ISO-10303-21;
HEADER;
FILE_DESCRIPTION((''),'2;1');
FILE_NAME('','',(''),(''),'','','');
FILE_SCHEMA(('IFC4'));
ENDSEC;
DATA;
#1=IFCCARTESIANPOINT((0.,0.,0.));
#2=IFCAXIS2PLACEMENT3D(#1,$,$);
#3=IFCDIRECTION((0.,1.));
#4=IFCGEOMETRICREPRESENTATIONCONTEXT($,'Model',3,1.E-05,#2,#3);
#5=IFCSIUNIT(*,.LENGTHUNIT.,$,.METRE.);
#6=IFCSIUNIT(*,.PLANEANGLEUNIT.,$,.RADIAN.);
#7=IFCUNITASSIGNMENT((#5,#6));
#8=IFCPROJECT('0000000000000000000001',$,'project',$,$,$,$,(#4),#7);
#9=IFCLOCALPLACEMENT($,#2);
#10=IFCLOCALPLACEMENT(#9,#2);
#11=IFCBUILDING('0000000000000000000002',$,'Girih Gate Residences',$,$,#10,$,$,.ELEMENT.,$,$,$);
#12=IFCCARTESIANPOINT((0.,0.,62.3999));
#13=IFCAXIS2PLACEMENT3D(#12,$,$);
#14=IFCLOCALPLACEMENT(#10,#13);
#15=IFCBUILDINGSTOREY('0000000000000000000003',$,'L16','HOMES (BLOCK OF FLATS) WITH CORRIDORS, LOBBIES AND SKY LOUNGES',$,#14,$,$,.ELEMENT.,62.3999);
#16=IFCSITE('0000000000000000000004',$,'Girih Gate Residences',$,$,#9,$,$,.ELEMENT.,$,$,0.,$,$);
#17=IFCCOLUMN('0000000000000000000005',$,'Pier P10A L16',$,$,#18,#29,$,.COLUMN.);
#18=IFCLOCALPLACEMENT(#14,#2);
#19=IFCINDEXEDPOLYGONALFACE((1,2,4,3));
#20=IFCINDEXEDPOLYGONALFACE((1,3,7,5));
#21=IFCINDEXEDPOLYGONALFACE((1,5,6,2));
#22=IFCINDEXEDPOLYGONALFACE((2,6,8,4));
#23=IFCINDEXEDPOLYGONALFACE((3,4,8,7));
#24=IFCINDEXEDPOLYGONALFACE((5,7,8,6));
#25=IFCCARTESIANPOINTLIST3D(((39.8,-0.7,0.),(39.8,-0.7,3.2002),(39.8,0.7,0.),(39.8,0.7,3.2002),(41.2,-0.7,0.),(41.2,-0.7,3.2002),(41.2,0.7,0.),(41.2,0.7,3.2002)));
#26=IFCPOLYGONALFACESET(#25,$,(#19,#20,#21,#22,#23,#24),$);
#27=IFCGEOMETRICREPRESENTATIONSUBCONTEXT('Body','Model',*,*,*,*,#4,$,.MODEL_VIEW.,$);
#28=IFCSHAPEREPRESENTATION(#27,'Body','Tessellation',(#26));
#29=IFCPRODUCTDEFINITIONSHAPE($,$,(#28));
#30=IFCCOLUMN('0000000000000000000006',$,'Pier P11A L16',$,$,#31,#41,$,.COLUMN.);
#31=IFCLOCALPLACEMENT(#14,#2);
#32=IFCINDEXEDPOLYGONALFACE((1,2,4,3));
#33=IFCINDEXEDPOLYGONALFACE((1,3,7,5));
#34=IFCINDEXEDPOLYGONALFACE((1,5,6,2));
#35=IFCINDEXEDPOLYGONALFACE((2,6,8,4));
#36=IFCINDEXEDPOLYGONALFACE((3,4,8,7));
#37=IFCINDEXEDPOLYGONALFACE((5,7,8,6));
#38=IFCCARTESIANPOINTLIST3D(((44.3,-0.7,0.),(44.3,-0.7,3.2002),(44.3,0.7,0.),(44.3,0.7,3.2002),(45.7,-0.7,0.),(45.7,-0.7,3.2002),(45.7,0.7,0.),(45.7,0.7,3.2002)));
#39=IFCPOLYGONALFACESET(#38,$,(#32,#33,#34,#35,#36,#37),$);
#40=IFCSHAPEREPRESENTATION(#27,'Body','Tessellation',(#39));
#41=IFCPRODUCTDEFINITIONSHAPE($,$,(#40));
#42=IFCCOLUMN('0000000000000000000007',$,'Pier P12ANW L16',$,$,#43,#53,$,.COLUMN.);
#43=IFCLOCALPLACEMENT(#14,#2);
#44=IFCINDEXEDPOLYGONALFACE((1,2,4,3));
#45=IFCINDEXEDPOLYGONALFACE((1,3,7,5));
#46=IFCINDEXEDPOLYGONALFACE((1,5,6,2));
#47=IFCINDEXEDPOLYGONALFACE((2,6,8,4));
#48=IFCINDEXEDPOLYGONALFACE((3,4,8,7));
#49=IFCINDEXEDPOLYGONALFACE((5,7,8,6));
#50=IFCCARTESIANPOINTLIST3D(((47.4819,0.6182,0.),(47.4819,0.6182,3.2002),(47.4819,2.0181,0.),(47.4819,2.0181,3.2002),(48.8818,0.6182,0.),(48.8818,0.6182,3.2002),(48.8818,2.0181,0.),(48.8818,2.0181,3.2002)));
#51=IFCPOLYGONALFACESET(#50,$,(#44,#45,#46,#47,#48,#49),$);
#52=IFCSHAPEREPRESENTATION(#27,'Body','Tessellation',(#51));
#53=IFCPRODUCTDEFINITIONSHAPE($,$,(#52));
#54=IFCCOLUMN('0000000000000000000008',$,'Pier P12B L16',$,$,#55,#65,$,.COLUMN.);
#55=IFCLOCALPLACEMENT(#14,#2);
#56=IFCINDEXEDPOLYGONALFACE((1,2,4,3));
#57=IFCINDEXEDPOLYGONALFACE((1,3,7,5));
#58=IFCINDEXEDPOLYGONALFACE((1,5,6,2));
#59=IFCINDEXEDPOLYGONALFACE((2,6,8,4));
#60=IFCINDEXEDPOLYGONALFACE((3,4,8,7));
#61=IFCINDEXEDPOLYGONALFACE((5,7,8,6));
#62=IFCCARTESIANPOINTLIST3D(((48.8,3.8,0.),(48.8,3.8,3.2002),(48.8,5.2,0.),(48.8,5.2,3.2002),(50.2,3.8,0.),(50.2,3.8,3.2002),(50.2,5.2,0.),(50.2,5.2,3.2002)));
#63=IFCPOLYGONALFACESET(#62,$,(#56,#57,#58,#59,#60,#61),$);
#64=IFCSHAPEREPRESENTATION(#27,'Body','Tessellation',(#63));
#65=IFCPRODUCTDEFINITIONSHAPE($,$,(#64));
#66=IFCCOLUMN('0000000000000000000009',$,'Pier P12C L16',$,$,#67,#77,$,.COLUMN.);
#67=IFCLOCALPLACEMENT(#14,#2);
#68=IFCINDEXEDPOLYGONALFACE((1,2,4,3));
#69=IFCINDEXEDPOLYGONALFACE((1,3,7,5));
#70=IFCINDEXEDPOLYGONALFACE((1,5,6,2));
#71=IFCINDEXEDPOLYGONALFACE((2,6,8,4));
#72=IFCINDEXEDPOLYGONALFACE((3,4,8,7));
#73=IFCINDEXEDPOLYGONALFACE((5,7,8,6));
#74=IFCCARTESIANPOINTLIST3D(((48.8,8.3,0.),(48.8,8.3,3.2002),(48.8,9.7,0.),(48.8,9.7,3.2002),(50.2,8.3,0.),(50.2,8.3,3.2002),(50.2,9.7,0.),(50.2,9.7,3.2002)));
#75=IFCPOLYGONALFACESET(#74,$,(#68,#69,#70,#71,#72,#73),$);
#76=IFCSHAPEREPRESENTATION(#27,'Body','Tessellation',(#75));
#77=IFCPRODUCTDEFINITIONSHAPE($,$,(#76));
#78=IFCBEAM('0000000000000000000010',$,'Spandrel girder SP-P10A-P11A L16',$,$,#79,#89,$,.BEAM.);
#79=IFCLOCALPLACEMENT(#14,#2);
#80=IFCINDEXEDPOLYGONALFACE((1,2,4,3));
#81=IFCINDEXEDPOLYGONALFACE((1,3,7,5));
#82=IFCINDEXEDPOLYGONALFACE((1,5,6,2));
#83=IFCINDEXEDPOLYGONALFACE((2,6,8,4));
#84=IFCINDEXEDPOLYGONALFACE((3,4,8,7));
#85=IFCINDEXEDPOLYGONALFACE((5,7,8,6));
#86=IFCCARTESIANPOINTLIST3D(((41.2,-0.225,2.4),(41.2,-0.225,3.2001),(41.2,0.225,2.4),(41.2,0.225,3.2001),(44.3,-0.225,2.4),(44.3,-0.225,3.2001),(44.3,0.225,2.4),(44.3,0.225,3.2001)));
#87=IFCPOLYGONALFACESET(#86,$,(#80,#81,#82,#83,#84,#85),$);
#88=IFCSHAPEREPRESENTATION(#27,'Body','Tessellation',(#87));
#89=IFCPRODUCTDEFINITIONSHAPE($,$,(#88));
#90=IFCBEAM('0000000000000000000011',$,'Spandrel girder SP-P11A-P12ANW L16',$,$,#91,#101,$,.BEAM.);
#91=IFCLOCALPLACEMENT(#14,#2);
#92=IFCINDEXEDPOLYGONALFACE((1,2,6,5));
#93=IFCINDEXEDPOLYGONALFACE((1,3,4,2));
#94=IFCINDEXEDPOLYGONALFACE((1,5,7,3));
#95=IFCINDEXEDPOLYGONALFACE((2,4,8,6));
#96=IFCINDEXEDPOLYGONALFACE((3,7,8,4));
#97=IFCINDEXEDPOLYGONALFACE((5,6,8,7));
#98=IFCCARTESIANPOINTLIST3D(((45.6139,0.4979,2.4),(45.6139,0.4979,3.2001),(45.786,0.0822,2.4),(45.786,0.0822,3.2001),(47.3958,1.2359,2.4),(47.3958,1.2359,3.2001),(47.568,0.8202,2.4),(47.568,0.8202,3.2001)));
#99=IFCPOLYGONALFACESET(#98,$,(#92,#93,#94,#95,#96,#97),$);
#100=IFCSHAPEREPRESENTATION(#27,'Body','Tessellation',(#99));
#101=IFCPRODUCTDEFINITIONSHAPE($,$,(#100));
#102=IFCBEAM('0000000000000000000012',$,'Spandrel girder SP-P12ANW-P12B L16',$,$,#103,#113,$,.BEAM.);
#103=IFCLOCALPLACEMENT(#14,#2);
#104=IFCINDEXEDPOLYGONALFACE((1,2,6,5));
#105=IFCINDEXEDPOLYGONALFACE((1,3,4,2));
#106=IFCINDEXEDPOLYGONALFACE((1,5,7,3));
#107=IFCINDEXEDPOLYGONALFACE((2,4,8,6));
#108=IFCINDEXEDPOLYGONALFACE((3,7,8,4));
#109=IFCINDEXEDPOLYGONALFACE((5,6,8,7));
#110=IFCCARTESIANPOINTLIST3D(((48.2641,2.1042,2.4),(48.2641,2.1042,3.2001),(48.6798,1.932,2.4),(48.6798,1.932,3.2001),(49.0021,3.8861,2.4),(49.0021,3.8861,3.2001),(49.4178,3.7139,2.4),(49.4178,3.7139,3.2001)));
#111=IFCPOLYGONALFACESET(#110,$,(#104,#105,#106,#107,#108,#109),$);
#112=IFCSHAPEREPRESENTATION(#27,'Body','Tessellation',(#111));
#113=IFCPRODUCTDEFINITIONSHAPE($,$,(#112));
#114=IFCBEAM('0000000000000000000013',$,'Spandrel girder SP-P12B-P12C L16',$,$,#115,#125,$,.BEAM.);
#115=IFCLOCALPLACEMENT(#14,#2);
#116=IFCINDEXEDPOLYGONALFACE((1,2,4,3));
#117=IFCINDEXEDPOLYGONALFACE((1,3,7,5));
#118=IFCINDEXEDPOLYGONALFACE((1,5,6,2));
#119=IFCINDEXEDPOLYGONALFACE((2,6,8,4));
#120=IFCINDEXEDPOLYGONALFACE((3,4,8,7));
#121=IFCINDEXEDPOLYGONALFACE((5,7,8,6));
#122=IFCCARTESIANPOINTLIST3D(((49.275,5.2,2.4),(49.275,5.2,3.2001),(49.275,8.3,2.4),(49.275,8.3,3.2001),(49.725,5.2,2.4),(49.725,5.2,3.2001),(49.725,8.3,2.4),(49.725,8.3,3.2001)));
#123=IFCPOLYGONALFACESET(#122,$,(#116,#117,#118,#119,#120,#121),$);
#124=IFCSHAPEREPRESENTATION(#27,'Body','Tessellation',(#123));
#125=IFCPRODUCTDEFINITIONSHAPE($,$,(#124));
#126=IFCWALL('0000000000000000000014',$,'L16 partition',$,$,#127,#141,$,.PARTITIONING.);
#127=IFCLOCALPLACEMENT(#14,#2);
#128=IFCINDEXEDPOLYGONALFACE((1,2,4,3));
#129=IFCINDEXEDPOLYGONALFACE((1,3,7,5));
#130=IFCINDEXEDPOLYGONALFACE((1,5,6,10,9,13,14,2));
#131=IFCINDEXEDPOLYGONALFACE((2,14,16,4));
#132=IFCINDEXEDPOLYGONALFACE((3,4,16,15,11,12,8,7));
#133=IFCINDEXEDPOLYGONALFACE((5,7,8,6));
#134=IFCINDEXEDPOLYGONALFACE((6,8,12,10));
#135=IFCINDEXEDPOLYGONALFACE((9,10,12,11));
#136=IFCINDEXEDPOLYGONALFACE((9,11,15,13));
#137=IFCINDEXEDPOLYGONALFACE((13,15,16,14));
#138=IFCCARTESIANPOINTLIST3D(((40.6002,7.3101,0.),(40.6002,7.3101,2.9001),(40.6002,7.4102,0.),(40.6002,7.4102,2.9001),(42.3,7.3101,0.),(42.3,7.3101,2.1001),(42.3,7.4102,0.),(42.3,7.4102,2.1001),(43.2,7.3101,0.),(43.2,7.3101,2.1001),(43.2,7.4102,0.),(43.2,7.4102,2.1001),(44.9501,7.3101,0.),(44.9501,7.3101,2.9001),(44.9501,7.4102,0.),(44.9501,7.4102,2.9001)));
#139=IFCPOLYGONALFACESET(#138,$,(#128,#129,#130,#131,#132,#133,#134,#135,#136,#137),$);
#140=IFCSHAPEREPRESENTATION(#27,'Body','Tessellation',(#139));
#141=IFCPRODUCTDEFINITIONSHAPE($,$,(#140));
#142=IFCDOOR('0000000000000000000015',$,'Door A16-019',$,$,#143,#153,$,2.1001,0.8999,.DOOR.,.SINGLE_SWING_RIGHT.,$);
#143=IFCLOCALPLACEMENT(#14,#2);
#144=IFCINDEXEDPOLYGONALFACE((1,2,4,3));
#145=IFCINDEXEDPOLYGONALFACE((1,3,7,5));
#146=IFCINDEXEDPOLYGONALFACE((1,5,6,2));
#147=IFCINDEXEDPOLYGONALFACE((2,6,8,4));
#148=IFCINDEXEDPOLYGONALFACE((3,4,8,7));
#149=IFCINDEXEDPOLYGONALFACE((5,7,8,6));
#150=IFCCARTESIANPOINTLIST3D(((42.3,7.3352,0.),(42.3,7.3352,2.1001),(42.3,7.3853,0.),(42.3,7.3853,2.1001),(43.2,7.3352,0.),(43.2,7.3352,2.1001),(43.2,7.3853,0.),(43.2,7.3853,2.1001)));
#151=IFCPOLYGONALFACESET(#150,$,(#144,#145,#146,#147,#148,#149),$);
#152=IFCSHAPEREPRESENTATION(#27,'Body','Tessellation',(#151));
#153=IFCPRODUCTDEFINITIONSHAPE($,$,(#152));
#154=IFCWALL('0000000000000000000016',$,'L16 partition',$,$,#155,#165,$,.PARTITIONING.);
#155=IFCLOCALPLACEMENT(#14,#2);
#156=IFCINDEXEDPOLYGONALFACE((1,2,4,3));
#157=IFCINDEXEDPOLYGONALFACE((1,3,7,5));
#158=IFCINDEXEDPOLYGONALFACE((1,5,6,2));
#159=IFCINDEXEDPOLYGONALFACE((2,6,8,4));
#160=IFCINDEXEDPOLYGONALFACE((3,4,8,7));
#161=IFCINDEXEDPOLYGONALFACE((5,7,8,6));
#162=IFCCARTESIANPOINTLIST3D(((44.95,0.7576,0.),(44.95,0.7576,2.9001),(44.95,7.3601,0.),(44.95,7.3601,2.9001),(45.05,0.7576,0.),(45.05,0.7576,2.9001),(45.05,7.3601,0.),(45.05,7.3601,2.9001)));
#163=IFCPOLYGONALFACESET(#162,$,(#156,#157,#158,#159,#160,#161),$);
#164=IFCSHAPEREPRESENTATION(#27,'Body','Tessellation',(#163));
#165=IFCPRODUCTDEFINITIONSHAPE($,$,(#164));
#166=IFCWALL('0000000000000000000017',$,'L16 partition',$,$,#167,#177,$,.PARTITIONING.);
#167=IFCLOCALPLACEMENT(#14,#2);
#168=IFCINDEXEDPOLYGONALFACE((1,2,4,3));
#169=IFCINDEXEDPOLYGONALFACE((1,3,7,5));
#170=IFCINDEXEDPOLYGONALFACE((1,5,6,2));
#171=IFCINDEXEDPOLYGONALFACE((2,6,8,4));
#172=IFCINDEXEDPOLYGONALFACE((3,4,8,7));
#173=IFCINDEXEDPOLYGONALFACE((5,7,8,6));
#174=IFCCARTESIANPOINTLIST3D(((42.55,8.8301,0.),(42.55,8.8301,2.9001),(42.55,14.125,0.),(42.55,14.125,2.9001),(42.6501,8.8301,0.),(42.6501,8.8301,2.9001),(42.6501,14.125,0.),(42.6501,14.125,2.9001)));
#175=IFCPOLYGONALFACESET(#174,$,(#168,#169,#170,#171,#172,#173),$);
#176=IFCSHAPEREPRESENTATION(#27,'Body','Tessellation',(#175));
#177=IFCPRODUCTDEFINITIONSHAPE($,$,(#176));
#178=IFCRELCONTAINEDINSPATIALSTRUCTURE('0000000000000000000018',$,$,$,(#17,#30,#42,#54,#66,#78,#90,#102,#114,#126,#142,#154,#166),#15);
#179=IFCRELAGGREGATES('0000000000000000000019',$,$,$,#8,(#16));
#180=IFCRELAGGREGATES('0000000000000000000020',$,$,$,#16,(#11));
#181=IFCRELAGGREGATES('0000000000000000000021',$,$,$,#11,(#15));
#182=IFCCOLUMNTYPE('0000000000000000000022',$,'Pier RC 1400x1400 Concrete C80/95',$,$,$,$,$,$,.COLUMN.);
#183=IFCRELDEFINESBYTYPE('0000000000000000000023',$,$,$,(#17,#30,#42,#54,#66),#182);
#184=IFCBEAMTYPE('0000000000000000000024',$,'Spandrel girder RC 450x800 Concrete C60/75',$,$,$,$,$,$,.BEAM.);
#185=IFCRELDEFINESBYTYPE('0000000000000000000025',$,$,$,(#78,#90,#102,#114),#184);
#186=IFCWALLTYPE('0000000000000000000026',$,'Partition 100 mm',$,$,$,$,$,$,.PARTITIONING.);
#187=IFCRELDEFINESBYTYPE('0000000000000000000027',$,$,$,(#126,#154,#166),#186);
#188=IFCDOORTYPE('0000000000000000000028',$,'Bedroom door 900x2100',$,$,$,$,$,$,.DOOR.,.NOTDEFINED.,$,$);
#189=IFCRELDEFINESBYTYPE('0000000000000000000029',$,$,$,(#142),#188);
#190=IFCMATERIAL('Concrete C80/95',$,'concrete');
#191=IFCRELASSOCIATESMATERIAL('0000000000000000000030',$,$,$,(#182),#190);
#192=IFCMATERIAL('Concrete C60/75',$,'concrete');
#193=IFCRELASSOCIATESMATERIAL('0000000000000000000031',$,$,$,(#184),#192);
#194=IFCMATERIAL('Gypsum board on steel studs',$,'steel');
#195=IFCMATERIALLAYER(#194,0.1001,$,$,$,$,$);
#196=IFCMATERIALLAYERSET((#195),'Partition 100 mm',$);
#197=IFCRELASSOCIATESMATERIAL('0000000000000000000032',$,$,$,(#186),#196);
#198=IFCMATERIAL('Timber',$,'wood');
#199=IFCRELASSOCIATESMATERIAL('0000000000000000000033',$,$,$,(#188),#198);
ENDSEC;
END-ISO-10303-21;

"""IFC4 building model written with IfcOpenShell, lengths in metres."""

from ifc_helpers import new_model, si_unit, direction, frame, frame_2d, origin, origin_2d, place, context, subcontext, project, spatial, rectangle, extrude, material, layer, layer_set, material_profile, profile_set, type_object, element, fill, save


model = new_model("IFC4")

# Units and contexts
model_context = context("Model", 3, precision=1e-05, world=origin(), true_north=direction((0.0, 1.0)))
body_context = subcontext(model_context, "Body", "Model", "MODEL_VIEW")
ifc_project = project(units=[si_unit("LENGTHUNIT", "METRE"), si_unit("PLANEANGLEUNIT", "RADIAN")], contexts=[model_context])

# Site, building, storey
site_placement = place(None, origin())
site = spatial("IfcSite", under=ifc_project, at=site_placement, Name="Girih Gate Residences", CompositionType="ELEMENT", RefElevation=0.0)
building_placement = place(site_placement, origin())
building = spatial("IfcBuilding", under=site, at=building_placement, Name="Girih Gate Residences", CompositionType="ELEMENT")
storey_placement = place(building_placement, frame((0.0, 0.0, 62.3999)))
storey = spatial("IfcBuildingStorey", under=building, at=storey_placement, Name="L16", Description="HOMES (BLOCK OF FLATS) WITH CORRIDORS, LOBBIES AND SKY LOUNGES", CompositionType="ELEMENT", Elevation=62.3999)

# Columns
ifc_material_1 = material(Name="Concrete C80/95", Category="concrete")
ifc_material_profile_1 = material_profile(ifc_material_1, rectangle(XDim=1.3999, YDim=1.3999, at=origin_2d()))
ifc_profile_set_1 = profile_set([ifc_material_profile_1], Name="Concrete C80/95")
column_type = type_object("IfcColumnType", Name="Pier RC 1400x1400 Concrete C80/95", PredefinedType="COLUMN", material=ifc_profile_set_1)
for number, where, z_axis, x_axis, name in (
    (1, (40.5, 0.0, 0.0), (0.0, 0.0, 1.0), (1.0, 0.0, 0.0), "Pier P10A L16"),
    (2, (45.0, 0.0, 0.0), (0.0, 0.0, 1.0), (1.0, 0.0, 0.0), "Pier P11A L16"),
    (3, (48.1819, 1.3181, 0.0), (0.0, 0.0, 1.0), (1.0, 0.0, 0.0), "Pier P12ANW L16"),
    (4, (49.5, 4.5, 0.0), (0.0, 0.0, 1.0), (1.0, 0.0, 0.0), "Pier P12B L16"),
    (5, (49.5, 9.0, 0.0), (0.0, 0.0, 1.0), (1.0, 0.0, 0.0), "Pier P12C L16"),
):
    element("IfcColumn", number, at=place(storey_placement, frame(where, z_axis=z_axis, x_axis=x_axis)), inside=storey, type_object=column_type, Name=name, PredefinedType="COLUMN", context=body_context, shape_type="SweptSolid", body=[
        extrude(rectangle(XDim=1.3999, YDim=1.3999, at=origin_2d()), origin(), (0.0, 0.0, 1.0), 3.2002),
    ])

# Beams
ifc_material_2 = material(Name="Concrete C60/75", Category="concrete")
ifc_material_profile_2 = material_profile(ifc_material_2, rectangle(XDim=0.45, YDim=0.8, at=origin_2d()))
ifc_profile_set_2 = profile_set([ifc_material_profile_2], Name="Concrete C60/75")
beam_type = type_object("IfcBeamType", Name="Spandrel girder RC 450x800 Concrete C60/75", PredefinedType="BEAM", material=ifc_profile_set_2)
beam_1_placement = place(storey_placement, frame((41.2, 0.0, 2.8), z_axis=(1.0, 0.0, 0.0), x_axis=(0.0, 1.0, 0.0)))
element("IfcBeam", 6, at=beam_1_placement, inside=storey, type_object=beam_type, Name="Spandrel girder SP-P10A-P11A L16", PredefinedType="BEAM", context=body_context, shape_type="SweptSolid", body=[
    extrude(rectangle(XDim=0.45, YDim=0.8, at=origin_2d()), origin(), (0.0, 0.0, 1.0), 3.1001),
])
for number, where, z_axis, x_axis, name in (
    (7, (45.7, 0.29, 2.8), (0.923895, 0.382646, 0.0), (-0.382646, 0.923895, 0.0), "Spandrel girder SP-P11A-P12ANW L16"),
    (8, (48.4719, 2.0181, 2.8), (0.382646, 0.923895, 0.0), (-0.923895, 0.382646, 0.0), "Spandrel girder SP-P12ANW-P12B L16"),
):
    element("IfcBeam", number, at=place(storey_placement, frame(where, z_axis=z_axis, x_axis=x_axis)), inside=storey, type_object=beam_type, Name=name, PredefinedType="BEAM", context=body_context, shape_type="SweptSolid", body=[
        extrude(rectangle(XDim=0.45, YDim=0.8, at=origin_2d()), origin(), (0.0, 0.0, 1.0), 1.9287),
    ])
beam_2_placement = place(storey_placement, frame((49.5, 5.2, 2.8), z_axis=(0.0, 1.0, 0.0), x_axis=(-1.0, 0.0, 0.0)))
element("IfcBeam", 9, at=beam_2_placement, inside=storey, type_object=beam_type, Name="Spandrel girder SP-P12B-P12C L16", PredefinedType="BEAM", context=body_context, shape_type="SweptSolid", body=[
    extrude(rectangle(XDim=0.45, YDim=0.8, at=origin_2d()), origin(), (0.0, 0.0, 1.0), 3.1001),
])

# Wall, opening, door
ifc_material_3 = material(Name="Gypsum board on steel studs", Category="steel")
ifc_layer_1 = layer(ifc_material_3, 0.1001)
ifc_layer_set_1 = layer_set([ifc_layer_1], Name="Partition 100 mm")
wall_type_1 = type_object("IfcWallType", Name="Partition 100 mm", PredefinedType="PARTITIONING", material=ifc_layer_set_1)
wall_1_placement = place(storey_placement, frame((44.95, 7.3601, 0.0), z_axis=(0.0, 0.0, 1.0), x_axis=(-1.0, 0.0, 0.0)))
wall_1 = element("IfcWall", 10, at=wall_1_placement, inside=storey, type_object=wall_type_1, Name="L16 partition", PredefinedType="PARTITIONING", context=body_context, shape_type="SweptSolid", body=[
    extrude(rectangle(XDim=4.3499, YDim=0.1001, at=frame_2d((2.1748, 0.0))), origin(), (0.0, 0.0, 1.0), 2.9001),
])
opening_1_placement = place(wall_1_placement, frame((1.75, 0.0, 0.0)))
opening_1 = element("IfcOpeningElement", 11, at=opening_1_placement, cuts=wall_1, PredefinedType="OPENING", context=body_context, shape_type="SweptSolid", body=[
    extrude(rectangle(XDim=0.8999, YDim=2.1001, at=frame_2d((0.45, 1.05))), frame((0.0, 0.0601, 0.0), z_axis=(0.0, -1.0, 0.0), x_axis=(1.0, 0.0, 0.0)), (0.0, 0.0, 1.0), 0.1201),
])
ifc_material_4 = material(Name="Timber", Category="wood")
door_type_1 = type_object("IfcDoorType", Name="Bedroom door 900x2100", OperationType="NOTDEFINED", PredefinedType="DOOR", material=ifc_material_4)
door_1_placement = place(opening_1_placement, origin())
door_1 = element("IfcDoor", 12, at=door_1_placement, inside=storey, type_object=door_type_1, Name="Door A16-019", OperationType="SINGLE_SWING_RIGHT", OverallHeight=2.1001, OverallWidth=0.8999, PredefinedType="DOOR", context=body_context, shape_type="SweptSolid", body=[
    extrude(rectangle(XDim=0.8999, YDim=2.1001, at=frame_2d((0.45, 1.05))), frame((0.0, 0.0249, 0.0), z_axis=(0.0, -1.0, 0.0), x_axis=(1.0, 0.0, 0.0)), (0.0, 0.0, 1.0), 0.05),
])
fill(opening_1, door_1)

# Walls
wall_2_placement = place(storey_placement, frame((45.0, 0.7576, 0.0), z_axis=(0.0, 0.0, 1.0), x_axis=(0.0, 1.0, 0.0)))
element("IfcWall", 13, at=wall_2_placement, inside=storey, type_object=wall_type_1, Name="L16 partition", PredefinedType="PARTITIONING", context=body_context, shape_type="SweptSolid", body=[
    extrude(rectangle(XDim=6.6025, YDim=0.1001, at=frame_2d((3.3013, 0.0))), origin(), (0.0, 0.0, 1.0), 2.9001),
])
wall_3_placement = place(storey_placement, frame((42.6001, 8.8301, 0.0), z_axis=(0.0, 0.0, 1.0), x_axis=(0.0, 1.0, 0.0)))
element("IfcWall", 14, at=wall_3_placement, inside=storey, type_object=wall_type_1, Name="L16 partition", PredefinedType="PARTITIONING", context=body_context, shape_type="SweptSolid", body=[
    extrude(rectangle(XDim=5.2949, YDim=0.1001, at=frame_2d((2.6475, 0.0))), origin(), (0.0, 0.0, 1.0), 2.9001),
])

save(model, "model.ifc")
